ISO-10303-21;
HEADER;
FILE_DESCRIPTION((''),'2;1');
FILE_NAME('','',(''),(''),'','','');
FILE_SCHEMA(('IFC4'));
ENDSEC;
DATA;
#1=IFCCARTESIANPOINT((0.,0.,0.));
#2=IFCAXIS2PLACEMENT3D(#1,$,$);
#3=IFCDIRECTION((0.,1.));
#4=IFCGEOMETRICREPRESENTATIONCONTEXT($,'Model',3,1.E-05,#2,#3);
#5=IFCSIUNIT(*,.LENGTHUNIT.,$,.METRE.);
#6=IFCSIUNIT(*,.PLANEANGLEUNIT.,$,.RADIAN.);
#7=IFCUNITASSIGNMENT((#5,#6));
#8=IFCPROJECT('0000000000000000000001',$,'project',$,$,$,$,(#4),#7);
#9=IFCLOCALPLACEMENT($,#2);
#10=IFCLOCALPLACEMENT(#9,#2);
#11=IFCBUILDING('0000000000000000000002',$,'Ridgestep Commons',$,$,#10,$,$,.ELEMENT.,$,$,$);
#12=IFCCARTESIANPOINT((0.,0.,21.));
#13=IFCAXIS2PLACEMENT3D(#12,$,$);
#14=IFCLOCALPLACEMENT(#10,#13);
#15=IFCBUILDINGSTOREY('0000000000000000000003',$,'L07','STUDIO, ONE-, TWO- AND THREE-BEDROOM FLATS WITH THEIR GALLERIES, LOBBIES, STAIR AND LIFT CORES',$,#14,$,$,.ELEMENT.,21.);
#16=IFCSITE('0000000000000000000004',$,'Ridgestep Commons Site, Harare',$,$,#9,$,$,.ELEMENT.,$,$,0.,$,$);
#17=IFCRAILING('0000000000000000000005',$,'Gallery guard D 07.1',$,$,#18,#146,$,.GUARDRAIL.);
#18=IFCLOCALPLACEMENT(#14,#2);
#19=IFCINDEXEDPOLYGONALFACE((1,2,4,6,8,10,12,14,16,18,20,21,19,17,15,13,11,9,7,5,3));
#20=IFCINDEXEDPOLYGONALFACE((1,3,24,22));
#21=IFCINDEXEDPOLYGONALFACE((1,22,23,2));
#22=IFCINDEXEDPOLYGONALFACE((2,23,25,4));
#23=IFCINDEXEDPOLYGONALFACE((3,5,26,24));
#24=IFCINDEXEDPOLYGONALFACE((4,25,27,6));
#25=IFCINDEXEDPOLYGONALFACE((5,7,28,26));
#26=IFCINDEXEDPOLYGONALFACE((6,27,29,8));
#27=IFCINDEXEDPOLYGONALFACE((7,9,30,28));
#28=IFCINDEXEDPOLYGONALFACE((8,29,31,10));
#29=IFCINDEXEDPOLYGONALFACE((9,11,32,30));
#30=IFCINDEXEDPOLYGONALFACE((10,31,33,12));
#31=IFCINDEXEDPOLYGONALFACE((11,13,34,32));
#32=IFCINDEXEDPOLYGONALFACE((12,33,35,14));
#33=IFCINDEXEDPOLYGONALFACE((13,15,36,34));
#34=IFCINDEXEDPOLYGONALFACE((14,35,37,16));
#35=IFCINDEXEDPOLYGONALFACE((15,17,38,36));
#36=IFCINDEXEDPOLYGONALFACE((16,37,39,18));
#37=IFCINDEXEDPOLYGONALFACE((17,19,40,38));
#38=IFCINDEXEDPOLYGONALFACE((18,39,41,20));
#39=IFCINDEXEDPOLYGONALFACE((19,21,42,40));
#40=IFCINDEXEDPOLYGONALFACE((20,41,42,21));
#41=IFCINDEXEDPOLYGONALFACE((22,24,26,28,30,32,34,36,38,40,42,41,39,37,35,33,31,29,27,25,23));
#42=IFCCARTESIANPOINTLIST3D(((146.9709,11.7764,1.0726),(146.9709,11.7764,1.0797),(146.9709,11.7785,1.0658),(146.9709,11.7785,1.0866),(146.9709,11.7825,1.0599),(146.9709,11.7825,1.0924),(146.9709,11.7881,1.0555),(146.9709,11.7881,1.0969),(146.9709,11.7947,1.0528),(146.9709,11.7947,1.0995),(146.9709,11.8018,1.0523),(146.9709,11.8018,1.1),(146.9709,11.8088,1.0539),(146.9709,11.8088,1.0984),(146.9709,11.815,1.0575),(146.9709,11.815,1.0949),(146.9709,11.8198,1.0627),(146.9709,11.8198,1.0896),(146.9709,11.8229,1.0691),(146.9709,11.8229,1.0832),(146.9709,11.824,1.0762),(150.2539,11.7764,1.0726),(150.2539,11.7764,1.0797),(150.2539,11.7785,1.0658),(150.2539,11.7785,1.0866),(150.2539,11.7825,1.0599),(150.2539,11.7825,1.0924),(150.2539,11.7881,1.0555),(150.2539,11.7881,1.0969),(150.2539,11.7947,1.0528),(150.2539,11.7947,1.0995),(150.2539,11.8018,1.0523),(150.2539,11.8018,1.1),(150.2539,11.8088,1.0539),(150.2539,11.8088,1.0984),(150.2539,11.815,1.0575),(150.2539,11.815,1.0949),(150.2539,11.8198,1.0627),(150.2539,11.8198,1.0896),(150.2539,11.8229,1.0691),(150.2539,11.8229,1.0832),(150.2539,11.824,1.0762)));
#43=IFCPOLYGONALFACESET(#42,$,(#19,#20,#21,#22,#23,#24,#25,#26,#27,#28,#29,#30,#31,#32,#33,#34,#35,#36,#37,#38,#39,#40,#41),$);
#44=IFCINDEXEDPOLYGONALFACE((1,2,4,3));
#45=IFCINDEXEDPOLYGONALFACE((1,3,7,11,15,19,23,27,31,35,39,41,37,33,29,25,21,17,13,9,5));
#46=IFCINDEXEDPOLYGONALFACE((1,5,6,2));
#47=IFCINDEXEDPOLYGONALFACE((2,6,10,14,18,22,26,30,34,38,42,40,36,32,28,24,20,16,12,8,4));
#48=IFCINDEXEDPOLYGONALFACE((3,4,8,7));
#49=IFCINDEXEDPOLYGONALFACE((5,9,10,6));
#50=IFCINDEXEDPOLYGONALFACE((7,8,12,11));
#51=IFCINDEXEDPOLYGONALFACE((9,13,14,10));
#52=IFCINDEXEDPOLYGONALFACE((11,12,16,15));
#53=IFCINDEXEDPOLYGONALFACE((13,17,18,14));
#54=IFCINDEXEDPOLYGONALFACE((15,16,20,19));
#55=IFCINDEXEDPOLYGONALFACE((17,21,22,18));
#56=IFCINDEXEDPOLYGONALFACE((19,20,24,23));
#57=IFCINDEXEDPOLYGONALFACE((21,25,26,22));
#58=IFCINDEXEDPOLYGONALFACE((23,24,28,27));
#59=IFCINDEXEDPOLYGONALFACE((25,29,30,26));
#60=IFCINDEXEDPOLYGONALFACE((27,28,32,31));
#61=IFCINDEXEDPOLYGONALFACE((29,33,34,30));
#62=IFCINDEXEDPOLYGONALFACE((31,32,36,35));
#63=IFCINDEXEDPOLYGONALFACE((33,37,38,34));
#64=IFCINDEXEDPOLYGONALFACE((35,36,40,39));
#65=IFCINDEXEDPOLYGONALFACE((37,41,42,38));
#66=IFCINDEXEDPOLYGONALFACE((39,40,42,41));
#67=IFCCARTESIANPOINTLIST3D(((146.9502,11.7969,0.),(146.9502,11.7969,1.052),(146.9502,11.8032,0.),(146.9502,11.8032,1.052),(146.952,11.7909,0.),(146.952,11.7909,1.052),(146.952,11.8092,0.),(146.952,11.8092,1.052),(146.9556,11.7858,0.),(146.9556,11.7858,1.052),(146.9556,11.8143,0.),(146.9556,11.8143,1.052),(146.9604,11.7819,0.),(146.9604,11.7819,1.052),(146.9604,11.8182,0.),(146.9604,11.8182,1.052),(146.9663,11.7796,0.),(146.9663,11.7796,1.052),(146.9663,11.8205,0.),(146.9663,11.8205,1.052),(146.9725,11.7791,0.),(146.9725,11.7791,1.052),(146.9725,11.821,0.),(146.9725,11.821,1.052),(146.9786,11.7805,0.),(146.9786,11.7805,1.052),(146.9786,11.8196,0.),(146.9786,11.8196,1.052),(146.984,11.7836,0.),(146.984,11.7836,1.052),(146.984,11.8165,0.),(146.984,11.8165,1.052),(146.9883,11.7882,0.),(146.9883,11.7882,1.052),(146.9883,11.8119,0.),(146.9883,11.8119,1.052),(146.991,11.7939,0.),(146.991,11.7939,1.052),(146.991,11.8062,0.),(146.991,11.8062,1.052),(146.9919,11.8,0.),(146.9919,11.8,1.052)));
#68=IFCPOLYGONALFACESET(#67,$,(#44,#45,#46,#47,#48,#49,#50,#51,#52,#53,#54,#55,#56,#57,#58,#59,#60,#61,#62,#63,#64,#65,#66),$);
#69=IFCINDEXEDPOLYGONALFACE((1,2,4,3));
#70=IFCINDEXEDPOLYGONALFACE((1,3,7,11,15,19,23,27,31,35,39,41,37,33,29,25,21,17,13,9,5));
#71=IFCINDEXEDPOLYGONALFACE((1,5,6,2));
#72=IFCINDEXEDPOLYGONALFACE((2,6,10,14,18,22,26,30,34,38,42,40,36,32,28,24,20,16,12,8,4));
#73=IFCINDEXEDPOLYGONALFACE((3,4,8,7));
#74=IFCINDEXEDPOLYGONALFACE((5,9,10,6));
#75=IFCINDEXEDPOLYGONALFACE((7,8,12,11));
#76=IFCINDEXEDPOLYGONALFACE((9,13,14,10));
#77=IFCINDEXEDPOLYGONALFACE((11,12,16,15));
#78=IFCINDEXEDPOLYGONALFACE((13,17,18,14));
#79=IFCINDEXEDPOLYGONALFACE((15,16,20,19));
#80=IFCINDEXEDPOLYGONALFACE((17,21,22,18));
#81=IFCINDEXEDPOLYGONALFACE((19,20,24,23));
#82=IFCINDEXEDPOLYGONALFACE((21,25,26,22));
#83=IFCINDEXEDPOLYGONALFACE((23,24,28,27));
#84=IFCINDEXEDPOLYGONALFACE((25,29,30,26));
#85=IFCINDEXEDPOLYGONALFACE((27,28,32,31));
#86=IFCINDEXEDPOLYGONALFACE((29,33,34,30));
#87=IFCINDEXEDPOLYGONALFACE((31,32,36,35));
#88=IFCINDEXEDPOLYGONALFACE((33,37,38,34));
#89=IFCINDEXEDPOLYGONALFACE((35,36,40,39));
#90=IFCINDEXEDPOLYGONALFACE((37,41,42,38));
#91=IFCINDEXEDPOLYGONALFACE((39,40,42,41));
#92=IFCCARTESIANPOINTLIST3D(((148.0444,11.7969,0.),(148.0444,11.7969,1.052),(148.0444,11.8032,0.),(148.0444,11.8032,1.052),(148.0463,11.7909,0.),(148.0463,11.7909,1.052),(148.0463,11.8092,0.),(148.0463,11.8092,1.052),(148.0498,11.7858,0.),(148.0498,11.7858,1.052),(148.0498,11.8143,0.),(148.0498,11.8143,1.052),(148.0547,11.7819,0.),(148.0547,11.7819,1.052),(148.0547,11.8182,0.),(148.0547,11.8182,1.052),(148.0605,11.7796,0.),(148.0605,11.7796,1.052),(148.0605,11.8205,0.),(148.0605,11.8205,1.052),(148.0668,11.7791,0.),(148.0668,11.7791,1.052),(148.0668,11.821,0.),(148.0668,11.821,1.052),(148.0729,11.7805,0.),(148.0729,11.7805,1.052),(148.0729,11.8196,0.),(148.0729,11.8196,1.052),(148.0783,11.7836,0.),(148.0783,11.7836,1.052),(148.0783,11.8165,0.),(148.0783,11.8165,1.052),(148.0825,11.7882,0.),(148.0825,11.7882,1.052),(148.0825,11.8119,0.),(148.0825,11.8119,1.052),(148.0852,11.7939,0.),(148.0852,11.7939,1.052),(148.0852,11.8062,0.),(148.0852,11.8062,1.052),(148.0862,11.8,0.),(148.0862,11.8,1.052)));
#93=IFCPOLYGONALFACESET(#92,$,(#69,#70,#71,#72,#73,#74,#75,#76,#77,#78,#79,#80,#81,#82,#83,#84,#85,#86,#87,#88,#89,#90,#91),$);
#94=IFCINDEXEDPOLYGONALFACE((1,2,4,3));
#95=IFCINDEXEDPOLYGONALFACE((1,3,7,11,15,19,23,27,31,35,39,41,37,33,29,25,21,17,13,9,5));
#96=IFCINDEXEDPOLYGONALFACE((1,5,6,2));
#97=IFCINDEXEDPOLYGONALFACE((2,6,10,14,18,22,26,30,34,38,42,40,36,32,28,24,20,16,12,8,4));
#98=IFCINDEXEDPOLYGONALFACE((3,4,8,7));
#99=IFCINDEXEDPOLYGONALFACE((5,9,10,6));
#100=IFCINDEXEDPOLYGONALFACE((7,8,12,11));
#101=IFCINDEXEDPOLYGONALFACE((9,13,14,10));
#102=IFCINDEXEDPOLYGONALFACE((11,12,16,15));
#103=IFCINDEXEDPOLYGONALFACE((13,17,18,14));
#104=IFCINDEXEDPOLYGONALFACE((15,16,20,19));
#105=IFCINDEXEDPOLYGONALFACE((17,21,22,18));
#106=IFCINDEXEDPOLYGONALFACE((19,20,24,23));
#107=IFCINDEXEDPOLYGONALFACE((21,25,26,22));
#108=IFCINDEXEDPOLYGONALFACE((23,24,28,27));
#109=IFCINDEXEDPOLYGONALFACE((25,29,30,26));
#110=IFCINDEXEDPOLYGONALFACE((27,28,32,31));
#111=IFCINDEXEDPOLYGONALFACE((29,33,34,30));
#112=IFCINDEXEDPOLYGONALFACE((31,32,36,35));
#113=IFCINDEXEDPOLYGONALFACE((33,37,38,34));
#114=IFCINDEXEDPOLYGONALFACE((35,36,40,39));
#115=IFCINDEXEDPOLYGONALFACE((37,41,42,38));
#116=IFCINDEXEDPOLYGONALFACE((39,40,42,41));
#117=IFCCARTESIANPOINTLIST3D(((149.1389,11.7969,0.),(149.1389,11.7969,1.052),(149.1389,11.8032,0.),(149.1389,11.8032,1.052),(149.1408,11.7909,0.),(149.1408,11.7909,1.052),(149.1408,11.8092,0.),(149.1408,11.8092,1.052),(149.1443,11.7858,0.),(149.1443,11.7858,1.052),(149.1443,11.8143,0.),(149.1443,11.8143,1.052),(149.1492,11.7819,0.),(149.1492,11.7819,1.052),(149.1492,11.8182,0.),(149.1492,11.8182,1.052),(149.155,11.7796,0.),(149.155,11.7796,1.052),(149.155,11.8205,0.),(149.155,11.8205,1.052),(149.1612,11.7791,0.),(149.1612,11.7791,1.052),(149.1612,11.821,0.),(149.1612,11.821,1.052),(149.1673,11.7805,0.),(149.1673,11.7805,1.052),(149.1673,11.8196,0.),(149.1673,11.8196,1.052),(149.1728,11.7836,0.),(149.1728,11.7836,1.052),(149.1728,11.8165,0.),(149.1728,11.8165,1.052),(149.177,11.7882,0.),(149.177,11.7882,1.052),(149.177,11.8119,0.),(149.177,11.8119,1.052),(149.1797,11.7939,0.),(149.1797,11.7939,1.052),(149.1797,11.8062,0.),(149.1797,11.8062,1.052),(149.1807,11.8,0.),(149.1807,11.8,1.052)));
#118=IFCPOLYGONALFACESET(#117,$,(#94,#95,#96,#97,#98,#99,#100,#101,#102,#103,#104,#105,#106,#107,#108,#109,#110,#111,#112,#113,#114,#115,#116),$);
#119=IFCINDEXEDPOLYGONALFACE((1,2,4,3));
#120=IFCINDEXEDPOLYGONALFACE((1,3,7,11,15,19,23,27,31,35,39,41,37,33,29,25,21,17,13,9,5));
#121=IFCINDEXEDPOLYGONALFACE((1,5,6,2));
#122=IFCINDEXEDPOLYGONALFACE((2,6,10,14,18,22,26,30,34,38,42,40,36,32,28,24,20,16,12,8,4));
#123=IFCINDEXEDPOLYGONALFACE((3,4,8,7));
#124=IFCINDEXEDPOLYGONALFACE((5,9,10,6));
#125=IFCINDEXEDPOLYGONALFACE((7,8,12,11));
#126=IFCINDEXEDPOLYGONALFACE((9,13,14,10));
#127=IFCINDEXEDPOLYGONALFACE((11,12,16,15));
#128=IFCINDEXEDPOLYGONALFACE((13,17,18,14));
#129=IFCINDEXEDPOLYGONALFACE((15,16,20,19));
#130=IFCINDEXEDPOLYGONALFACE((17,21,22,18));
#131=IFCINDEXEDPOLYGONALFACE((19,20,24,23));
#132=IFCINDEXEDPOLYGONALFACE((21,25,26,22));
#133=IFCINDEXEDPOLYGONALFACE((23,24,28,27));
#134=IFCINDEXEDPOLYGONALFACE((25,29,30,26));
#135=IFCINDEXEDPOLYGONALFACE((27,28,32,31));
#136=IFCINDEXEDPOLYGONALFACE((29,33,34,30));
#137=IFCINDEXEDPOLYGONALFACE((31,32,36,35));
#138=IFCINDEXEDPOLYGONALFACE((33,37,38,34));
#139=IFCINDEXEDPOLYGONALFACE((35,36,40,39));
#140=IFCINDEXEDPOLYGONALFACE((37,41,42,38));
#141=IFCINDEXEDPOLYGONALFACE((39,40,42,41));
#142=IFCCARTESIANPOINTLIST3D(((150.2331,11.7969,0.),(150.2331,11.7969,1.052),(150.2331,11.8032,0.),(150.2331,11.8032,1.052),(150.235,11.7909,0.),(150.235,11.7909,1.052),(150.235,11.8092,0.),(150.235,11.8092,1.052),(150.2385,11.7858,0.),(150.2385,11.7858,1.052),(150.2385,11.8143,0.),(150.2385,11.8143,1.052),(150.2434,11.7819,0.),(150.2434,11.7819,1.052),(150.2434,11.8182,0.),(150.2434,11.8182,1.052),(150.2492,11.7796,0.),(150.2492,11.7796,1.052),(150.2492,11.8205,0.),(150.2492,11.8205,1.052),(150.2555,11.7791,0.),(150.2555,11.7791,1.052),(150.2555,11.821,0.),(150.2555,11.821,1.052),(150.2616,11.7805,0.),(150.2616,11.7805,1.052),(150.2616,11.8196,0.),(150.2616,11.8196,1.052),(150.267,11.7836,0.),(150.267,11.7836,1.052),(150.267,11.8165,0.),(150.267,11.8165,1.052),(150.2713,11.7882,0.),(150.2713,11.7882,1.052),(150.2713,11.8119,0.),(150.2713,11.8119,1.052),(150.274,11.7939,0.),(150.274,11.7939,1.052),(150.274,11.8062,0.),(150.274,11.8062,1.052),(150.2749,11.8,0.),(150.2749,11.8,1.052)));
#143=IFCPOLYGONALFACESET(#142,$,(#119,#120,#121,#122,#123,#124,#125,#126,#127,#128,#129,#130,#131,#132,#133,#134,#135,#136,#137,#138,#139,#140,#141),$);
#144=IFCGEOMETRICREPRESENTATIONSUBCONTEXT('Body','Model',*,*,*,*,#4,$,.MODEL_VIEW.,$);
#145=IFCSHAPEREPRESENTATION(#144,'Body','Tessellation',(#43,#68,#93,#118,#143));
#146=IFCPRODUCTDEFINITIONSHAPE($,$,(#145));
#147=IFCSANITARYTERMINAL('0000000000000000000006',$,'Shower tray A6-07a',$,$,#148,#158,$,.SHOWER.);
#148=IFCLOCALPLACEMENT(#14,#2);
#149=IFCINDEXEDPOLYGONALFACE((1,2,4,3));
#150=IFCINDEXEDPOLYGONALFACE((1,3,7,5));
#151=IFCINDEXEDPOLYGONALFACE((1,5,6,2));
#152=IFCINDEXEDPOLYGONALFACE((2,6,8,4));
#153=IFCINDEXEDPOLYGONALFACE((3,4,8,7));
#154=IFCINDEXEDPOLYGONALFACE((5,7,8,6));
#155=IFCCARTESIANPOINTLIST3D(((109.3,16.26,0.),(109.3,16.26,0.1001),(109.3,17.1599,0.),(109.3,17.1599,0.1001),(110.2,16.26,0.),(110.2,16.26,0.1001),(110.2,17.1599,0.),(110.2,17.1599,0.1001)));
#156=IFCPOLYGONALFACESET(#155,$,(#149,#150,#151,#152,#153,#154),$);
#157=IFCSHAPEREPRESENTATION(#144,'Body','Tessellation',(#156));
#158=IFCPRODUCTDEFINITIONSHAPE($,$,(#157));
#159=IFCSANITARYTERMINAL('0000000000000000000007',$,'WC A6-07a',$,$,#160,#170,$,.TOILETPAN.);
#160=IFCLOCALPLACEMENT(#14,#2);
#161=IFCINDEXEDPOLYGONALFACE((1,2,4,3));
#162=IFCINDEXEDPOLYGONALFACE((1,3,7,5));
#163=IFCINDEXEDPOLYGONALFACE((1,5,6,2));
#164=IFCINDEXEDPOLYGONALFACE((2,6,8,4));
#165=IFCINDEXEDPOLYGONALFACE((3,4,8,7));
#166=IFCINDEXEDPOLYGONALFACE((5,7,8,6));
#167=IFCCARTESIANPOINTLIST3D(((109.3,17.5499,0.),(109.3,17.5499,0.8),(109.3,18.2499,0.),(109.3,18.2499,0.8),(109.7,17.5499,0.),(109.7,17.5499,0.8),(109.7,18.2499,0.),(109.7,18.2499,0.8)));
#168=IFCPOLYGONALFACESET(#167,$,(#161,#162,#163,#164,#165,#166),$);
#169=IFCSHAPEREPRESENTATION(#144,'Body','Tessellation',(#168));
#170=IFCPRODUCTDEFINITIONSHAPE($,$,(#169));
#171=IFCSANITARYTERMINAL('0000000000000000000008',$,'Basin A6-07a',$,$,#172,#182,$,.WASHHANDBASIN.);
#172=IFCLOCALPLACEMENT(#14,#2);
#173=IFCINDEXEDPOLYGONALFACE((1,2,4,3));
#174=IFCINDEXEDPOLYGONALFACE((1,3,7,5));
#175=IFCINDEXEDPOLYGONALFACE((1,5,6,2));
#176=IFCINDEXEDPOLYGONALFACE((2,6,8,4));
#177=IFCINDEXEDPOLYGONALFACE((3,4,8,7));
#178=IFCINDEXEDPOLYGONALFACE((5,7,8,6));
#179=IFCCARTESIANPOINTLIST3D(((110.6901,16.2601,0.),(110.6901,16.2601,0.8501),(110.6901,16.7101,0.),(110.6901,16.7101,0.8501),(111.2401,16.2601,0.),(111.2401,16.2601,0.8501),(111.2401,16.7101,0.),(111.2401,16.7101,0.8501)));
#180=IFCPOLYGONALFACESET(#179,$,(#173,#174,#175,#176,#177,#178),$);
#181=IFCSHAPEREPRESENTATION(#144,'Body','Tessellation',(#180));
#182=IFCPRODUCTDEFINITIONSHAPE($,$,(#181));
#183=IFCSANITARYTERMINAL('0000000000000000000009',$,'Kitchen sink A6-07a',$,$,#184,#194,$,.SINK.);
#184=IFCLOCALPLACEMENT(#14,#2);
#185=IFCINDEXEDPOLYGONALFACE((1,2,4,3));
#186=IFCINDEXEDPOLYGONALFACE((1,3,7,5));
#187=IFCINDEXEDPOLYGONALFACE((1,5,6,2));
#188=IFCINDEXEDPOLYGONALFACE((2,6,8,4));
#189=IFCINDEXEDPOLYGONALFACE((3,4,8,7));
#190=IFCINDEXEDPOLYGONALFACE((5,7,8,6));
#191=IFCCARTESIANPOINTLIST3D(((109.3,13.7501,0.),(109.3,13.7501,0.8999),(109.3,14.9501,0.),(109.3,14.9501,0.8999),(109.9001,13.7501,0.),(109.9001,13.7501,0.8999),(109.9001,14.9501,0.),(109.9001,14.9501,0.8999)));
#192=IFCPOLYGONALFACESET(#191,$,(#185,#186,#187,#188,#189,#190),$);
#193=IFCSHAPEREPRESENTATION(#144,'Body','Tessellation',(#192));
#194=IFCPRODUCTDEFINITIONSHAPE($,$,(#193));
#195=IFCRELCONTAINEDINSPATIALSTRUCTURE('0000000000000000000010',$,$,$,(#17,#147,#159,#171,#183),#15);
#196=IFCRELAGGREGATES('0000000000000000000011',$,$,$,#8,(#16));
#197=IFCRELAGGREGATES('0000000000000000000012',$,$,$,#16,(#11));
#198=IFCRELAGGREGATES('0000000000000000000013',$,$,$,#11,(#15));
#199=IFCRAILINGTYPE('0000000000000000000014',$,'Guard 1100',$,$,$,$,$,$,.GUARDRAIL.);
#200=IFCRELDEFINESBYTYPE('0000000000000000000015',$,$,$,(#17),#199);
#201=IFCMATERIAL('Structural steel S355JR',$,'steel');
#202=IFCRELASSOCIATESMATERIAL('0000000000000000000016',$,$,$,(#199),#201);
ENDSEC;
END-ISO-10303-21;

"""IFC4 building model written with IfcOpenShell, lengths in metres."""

from ifc_helpers import new_model, si_unit, direction, frame, origin, origin_2d, place, context, subcontext, project, spatial, rectangle, circle, extrude, material, type_object, element, save


model = new_model("IFC4")

# Units and contexts
model_context = context("Model", 3, precision=1e-05, world=origin(), true_north=direction((0.0, 1.0)))
body_context = subcontext(model_context, "Body", "Model", "MODEL_VIEW")
ifc_project = project(units=[si_unit("LENGTHUNIT", "METRE"), si_unit("PLANEANGLEUNIT", "RADIAN")], contexts=[model_context])

# Site, building, storey
site_placement = place(None, origin())
site = spatial("IfcSite", under=ifc_project, at=site_placement, Name="Ridgestep Commons Site, Harare", CompositionType="ELEMENT", RefElevation=0.0)
building_placement = place(site_placement, origin())
building = spatial("IfcBuilding", under=site, at=building_placement, Name="Ridgestep Commons", CompositionType="ELEMENT")
storey_placement = place(building_placement, frame((0.0, 0.0, 21.0)))
storey = spatial("IfcBuildingStorey", under=building, at=storey_placement, Name="L07", Description="STUDIO, ONE-, TWO- AND THREE-BEDROOM FLATS WITH THEIR GALLERIES, LOBBIES, STAIR AND LIFT CORES", CompositionType="ELEMENT", Elevation=21.0)

# Railing
ifc_material_1 = material(Name="Structural steel S355JR", Category="steel")
railing_type = type_object("IfcRailingType", Name="Guard 1100", PredefinedType="GUARDRAIL", material=ifc_material_1)
for number, where, name in (
    (1, (146.9709, 11.8, 0.0), "Gallery guard D 07.1"),
):
    element("IfcRailing", number, at=place(storey_placement, frame(where)), inside=storey, type_object=railing_type, Name=name, PredefinedType="GUARDRAIL", context=body_context, shape_type="SweptSolid", body=[
        extrude(circle(Radius=0.0239, at=origin_2d()), frame((0.0, 0.0, 1.0762), z_axis=(1.0, 0.0, 0.0), x_axis=(0.0, 1.0, 0.0)), (0.0, 0.0, 1.0), 3.283),
        extrude(circle(Radius=0.021, at=origin_2d()), origin(), (0.0, 0.0, 1.0), 1.052),
        extrude(circle(Radius=0.021, at=origin_2d()), frame((1.0942, 0.0, 0.0)), (0.0, 0.0, 1.0), 1.052),
        extrude(circle(Radius=0.021, at=origin_2d()), frame((2.1887, 0.0, 0.0)), (0.0, 0.0, 1.0), 1.052),
        extrude(circle(Radius=0.021, at=origin_2d()), frame((3.283, 0.0, 0.0)), (0.0, 0.0, 1.0), 1.052),
    ])

# Sanitary terminals
sanitary_terminal_1_placement = place(storey_placement, frame((109.75, 16.71, 0.0), z_axis=(0.0, 0.0, 1.0), x_axis=(1.0, 0.0, 0.0)))
element("IfcSanitaryTerminal", 2, at=sanitary_terminal_1_placement, inside=storey, Name="Shower tray A6-07a", PredefinedType="SHOWER", context=body_context, shape_type="SweptSolid", body=[
    extrude(rectangle(XDim=0.8999, YDim=0.8999, at=origin_2d()), origin(), (0.0, 0.0, 1.0), 0.1001),
])
sanitary_terminal_2_placement = place(storey_placement, frame((109.5, 17.8999, 0.0), z_axis=(0.0, 0.0, 1.0), x_axis=(1.0, 0.0, 0.0)))
element("IfcSanitaryTerminal", 3, at=sanitary_terminal_2_placement, inside=storey, Name="WC A6-07a", PredefinedType="TOILETPAN", context=body_context, shape_type="SweptSolid", body=[
    extrude(rectangle(XDim=0.3999, YDim=0.7, at=origin_2d()), origin(), (0.0, 0.0, 1.0), 0.8),
])
sanitary_terminal_3_placement = place(storey_placement, frame((110.9651, 16.4851, 0.0), z_axis=(0.0, 0.0, 1.0), x_axis=(1.0, 0.0, 0.0)))
element("IfcSanitaryTerminal", 4, at=sanitary_terminal_3_placement, inside=storey, Name="Basin A6-07a", PredefinedType="WASHHANDBASIN", context=body_context, shape_type="SweptSolid", body=[
    extrude(rectangle(XDim=0.55, YDim=0.45, at=origin_2d()), origin(), (0.0, 0.0, 1.0), 0.8501),
])
sanitary_terminal_4_placement = place(storey_placement, frame((109.6001, 14.3501, 0.0), z_axis=(0.0, 0.0, 1.0), x_axis=(1.0, 0.0, 0.0)))
element("IfcSanitaryTerminal", 5, at=sanitary_terminal_4_placement, inside=storey, Name="Kitchen sink A6-07a", PredefinedType="SINK", context=body_context, shape_type="SweptSolid", body=[
    extrude(rectangle(XDim=0.6001, YDim=1.2, at=origin_2d()), origin(), (0.0, 0.0, 1.0), 0.8999),
])

save(model, "model.ifc")
